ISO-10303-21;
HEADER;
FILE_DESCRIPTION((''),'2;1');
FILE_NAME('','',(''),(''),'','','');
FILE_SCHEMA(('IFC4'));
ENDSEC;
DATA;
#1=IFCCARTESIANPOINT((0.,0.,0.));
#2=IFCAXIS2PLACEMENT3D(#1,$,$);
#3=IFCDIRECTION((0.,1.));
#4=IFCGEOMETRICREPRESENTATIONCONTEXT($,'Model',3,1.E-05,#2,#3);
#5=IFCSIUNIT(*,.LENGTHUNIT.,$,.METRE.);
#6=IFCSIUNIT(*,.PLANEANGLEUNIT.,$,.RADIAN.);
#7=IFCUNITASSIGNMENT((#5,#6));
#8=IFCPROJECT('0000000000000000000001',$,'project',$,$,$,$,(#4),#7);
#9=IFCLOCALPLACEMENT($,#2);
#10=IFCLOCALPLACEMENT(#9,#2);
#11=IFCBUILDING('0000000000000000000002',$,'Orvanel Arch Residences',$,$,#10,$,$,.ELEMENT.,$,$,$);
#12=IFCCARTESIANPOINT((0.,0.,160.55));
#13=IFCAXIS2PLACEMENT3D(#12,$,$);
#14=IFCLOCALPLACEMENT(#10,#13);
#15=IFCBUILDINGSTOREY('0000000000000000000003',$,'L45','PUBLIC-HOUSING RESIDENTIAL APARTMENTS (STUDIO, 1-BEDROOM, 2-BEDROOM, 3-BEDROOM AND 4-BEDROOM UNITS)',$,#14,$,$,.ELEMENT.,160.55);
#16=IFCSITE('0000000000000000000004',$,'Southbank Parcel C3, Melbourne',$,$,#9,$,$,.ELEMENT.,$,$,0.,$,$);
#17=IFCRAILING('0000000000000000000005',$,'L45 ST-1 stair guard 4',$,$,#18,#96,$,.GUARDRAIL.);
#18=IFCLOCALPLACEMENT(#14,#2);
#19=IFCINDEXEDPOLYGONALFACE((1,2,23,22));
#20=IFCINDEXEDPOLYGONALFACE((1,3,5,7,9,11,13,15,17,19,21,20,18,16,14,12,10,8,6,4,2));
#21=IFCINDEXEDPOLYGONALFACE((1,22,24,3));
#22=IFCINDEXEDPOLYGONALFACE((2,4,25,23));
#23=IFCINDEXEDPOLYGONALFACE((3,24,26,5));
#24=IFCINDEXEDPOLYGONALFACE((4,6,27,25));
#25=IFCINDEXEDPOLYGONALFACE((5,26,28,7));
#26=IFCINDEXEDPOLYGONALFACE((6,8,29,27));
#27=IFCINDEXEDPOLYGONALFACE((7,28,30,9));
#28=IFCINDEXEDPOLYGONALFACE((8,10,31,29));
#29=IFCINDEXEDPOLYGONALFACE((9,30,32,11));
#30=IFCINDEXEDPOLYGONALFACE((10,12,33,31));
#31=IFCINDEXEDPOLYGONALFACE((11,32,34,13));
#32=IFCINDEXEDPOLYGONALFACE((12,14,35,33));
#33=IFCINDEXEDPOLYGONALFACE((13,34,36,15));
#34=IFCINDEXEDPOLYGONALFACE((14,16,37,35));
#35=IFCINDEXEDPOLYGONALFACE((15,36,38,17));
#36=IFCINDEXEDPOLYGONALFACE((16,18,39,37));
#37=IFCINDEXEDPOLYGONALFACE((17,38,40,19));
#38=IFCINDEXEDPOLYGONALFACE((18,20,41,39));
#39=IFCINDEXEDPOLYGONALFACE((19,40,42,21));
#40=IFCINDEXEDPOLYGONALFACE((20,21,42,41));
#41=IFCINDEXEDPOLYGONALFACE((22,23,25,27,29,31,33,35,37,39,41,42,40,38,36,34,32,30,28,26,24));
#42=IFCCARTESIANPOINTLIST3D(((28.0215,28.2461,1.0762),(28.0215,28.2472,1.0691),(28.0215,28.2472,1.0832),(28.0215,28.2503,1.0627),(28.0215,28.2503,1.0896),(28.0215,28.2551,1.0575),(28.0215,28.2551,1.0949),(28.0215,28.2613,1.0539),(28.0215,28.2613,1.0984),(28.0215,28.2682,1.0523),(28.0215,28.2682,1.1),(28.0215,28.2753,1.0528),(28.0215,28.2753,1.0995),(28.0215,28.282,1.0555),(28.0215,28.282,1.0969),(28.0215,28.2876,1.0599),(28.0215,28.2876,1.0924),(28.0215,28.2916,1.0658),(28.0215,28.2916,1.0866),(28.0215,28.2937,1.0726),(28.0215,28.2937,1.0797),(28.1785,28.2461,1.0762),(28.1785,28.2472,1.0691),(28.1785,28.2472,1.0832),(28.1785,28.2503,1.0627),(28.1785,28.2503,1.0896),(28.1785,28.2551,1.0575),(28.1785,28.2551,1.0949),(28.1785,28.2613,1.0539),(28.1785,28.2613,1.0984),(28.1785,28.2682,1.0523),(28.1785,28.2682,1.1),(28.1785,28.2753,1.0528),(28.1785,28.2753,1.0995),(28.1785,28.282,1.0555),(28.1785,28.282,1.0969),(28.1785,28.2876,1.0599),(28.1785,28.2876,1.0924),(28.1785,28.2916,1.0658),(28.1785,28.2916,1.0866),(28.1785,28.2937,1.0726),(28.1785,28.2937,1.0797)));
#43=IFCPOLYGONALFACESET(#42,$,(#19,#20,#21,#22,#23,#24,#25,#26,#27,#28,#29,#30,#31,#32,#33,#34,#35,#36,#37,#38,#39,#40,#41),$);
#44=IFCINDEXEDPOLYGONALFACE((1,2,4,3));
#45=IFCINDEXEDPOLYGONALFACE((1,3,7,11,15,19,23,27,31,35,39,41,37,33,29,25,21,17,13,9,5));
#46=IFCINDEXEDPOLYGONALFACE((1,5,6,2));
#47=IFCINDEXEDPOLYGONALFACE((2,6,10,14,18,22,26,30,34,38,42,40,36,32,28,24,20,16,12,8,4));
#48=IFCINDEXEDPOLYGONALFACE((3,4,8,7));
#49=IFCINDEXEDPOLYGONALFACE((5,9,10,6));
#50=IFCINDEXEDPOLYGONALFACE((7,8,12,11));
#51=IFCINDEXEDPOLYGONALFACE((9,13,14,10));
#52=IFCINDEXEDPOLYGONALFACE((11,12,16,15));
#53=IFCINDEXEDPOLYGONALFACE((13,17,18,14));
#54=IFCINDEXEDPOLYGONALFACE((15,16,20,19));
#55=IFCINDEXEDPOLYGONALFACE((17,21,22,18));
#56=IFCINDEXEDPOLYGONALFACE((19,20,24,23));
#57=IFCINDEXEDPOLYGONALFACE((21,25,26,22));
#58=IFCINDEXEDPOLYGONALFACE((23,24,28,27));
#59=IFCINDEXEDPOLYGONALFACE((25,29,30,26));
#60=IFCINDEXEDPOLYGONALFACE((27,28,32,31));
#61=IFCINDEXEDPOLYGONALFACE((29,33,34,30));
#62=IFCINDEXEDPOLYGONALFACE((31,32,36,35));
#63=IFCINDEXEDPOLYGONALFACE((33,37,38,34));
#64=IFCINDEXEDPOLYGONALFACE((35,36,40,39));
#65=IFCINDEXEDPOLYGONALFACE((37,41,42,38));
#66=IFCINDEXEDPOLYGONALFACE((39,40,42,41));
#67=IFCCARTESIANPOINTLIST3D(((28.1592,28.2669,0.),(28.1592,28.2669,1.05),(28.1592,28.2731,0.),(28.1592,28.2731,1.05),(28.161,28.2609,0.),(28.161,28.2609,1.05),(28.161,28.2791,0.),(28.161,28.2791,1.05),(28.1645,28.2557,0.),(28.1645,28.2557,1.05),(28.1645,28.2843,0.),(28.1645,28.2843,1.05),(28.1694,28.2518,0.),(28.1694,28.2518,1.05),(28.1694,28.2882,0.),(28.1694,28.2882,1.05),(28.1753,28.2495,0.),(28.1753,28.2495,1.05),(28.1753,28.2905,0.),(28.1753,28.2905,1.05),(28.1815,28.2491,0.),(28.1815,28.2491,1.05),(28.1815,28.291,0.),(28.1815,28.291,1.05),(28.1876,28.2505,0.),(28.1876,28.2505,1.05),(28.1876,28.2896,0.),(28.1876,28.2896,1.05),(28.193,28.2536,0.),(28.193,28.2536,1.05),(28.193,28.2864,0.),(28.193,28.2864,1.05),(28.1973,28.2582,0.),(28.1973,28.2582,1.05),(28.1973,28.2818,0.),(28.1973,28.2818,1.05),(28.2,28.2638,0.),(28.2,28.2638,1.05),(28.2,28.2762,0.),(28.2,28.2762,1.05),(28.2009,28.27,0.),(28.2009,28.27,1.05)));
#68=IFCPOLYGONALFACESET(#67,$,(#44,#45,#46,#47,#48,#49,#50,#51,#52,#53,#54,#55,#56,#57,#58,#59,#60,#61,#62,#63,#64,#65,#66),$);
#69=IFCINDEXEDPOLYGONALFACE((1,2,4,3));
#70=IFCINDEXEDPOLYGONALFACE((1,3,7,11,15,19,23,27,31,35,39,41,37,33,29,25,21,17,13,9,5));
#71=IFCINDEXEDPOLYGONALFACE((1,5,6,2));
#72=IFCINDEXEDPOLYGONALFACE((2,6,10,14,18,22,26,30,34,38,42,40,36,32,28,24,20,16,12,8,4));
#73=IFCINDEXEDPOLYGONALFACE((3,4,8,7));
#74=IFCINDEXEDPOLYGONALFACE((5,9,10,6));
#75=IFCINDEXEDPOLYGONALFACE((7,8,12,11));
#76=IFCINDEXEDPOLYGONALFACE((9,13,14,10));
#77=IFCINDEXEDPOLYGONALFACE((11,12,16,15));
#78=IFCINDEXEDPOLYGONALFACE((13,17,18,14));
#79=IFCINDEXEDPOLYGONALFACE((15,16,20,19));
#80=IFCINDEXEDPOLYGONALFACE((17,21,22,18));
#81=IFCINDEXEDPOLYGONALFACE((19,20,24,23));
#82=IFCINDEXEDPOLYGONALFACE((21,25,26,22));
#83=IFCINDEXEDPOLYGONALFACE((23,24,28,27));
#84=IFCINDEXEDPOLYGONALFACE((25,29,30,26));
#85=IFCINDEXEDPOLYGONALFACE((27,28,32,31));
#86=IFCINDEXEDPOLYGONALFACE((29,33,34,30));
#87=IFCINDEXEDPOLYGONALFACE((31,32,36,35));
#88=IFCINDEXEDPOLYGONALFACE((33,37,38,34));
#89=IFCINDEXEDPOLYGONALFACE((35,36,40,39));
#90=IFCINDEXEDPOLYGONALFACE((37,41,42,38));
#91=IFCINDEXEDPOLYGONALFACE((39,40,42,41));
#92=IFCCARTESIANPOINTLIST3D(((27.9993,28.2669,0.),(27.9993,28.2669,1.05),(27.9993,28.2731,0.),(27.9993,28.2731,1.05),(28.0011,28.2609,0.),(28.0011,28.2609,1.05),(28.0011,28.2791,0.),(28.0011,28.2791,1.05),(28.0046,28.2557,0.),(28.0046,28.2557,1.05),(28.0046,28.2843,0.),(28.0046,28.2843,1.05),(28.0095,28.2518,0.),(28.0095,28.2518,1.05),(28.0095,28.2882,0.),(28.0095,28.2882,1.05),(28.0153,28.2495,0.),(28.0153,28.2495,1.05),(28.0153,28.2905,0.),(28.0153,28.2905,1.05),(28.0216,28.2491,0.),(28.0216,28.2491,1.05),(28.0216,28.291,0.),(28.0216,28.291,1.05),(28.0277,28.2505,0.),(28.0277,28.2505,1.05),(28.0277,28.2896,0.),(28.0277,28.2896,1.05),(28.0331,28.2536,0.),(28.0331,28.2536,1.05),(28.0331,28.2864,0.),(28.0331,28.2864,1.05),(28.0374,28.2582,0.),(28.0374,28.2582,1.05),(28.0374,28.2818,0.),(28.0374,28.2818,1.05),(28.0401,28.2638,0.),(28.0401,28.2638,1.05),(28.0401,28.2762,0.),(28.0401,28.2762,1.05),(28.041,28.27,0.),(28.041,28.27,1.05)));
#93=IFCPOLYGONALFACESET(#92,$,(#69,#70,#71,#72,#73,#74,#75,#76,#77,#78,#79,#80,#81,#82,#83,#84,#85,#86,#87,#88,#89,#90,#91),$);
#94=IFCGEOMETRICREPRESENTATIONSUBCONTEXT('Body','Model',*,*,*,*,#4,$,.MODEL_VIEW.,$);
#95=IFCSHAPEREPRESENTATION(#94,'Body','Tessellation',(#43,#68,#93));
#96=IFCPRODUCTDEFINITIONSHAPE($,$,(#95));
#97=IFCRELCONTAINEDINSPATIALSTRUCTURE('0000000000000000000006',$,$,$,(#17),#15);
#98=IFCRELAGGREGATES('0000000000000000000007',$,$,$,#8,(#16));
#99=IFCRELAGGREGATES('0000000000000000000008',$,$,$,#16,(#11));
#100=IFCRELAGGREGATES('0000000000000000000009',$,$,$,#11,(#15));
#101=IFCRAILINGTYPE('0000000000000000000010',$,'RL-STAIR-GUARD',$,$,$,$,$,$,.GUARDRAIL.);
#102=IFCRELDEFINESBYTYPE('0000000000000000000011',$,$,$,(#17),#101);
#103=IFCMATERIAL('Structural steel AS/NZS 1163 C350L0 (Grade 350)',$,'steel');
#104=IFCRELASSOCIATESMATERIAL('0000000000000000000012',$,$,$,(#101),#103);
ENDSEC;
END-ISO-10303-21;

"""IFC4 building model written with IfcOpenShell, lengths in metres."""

from ifc_helpers import new_model, si_unit, direction, frame, origin, origin_2d, place, context, subcontext, project, spatial, circle, extrude, material, type_object, element, save


model = new_model("IFC4")

# Units and contexts
model_context = context("Model", 3, precision=1e-05, world=origin(), true_north=direction((0.0, 1.0)))
body_context = subcontext(model_context, "Body", "Model", "MODEL_VIEW")
ifc_project = project(units=[si_unit("LENGTHUNIT", "METRE"), si_unit("PLANEANGLEUNIT", "RADIAN")], contexts=[model_context])

# Site, building, storey
site_placement = place(None, origin())
site = spatial("IfcSite", under=ifc_project, at=site_placement, Name="Southbank Parcel C3, Melbourne", CompositionType="ELEMENT", RefElevation=0.0)
building_placement = place(site_placement, origin())
building = spatial("IfcBuilding", under=site, at=building_placement, Name="Orvanel Arch Residences", CompositionType="ELEMENT")
storey_placement = place(building_placement, frame((0.0, 0.0, 160.55)))
storey = spatial("IfcBuildingStorey", under=building, at=storey_placement, Name="L45", Description="PUBLIC-HOUSING RESIDENTIAL APARTMENTS (STUDIO, 1-BEDROOM, 2-BEDROOM, 3-BEDROOM AND 4-BEDROOM UNITS)", CompositionType="ELEMENT", Elevation=160.55)

# Railing
ifc_material_1 = material(Name="Structural steel AS/NZS 1163 C350L0 (Grade 350)", Category="steel")
railing_type_1 = type_object("IfcRailingType", Name="RL-STAIR-GUARD", PredefinedType="GUARDRAIL", material=ifc_material_1)
railing_1_placement = place(storey_placement, frame((28.1799, 28.27, 0.0)))
element("IfcRailing", 1, at=railing_1_placement, inside=storey, type_object=railing_type_1, Name="L45 ST-1 stair guard 4", PredefinedType="GUARDRAIL", context=body_context, shape_type="SweptSolid", body=[
    extrude(circle(Radius=0.0239, at=origin_2d()), frame((-0.0015, 0.0, 1.0762), z_axis=(-1.0, 0.0, 0.0), x_axis=(0.0, -1.0, 0.0)), (0.0, 0.0, 1.0), 0.157),
    extrude(circle(Radius=0.021, at=origin_2d()), origin(), (0.0, 0.0, 1.0), 1.05),
    extrude(circle(Radius=0.021, at=origin_2d()), frame((-0.1599, 0.0, 0.0)), (0.0, 0.0, 1.0), 1.05),
])

save(model, "model.ifc")
